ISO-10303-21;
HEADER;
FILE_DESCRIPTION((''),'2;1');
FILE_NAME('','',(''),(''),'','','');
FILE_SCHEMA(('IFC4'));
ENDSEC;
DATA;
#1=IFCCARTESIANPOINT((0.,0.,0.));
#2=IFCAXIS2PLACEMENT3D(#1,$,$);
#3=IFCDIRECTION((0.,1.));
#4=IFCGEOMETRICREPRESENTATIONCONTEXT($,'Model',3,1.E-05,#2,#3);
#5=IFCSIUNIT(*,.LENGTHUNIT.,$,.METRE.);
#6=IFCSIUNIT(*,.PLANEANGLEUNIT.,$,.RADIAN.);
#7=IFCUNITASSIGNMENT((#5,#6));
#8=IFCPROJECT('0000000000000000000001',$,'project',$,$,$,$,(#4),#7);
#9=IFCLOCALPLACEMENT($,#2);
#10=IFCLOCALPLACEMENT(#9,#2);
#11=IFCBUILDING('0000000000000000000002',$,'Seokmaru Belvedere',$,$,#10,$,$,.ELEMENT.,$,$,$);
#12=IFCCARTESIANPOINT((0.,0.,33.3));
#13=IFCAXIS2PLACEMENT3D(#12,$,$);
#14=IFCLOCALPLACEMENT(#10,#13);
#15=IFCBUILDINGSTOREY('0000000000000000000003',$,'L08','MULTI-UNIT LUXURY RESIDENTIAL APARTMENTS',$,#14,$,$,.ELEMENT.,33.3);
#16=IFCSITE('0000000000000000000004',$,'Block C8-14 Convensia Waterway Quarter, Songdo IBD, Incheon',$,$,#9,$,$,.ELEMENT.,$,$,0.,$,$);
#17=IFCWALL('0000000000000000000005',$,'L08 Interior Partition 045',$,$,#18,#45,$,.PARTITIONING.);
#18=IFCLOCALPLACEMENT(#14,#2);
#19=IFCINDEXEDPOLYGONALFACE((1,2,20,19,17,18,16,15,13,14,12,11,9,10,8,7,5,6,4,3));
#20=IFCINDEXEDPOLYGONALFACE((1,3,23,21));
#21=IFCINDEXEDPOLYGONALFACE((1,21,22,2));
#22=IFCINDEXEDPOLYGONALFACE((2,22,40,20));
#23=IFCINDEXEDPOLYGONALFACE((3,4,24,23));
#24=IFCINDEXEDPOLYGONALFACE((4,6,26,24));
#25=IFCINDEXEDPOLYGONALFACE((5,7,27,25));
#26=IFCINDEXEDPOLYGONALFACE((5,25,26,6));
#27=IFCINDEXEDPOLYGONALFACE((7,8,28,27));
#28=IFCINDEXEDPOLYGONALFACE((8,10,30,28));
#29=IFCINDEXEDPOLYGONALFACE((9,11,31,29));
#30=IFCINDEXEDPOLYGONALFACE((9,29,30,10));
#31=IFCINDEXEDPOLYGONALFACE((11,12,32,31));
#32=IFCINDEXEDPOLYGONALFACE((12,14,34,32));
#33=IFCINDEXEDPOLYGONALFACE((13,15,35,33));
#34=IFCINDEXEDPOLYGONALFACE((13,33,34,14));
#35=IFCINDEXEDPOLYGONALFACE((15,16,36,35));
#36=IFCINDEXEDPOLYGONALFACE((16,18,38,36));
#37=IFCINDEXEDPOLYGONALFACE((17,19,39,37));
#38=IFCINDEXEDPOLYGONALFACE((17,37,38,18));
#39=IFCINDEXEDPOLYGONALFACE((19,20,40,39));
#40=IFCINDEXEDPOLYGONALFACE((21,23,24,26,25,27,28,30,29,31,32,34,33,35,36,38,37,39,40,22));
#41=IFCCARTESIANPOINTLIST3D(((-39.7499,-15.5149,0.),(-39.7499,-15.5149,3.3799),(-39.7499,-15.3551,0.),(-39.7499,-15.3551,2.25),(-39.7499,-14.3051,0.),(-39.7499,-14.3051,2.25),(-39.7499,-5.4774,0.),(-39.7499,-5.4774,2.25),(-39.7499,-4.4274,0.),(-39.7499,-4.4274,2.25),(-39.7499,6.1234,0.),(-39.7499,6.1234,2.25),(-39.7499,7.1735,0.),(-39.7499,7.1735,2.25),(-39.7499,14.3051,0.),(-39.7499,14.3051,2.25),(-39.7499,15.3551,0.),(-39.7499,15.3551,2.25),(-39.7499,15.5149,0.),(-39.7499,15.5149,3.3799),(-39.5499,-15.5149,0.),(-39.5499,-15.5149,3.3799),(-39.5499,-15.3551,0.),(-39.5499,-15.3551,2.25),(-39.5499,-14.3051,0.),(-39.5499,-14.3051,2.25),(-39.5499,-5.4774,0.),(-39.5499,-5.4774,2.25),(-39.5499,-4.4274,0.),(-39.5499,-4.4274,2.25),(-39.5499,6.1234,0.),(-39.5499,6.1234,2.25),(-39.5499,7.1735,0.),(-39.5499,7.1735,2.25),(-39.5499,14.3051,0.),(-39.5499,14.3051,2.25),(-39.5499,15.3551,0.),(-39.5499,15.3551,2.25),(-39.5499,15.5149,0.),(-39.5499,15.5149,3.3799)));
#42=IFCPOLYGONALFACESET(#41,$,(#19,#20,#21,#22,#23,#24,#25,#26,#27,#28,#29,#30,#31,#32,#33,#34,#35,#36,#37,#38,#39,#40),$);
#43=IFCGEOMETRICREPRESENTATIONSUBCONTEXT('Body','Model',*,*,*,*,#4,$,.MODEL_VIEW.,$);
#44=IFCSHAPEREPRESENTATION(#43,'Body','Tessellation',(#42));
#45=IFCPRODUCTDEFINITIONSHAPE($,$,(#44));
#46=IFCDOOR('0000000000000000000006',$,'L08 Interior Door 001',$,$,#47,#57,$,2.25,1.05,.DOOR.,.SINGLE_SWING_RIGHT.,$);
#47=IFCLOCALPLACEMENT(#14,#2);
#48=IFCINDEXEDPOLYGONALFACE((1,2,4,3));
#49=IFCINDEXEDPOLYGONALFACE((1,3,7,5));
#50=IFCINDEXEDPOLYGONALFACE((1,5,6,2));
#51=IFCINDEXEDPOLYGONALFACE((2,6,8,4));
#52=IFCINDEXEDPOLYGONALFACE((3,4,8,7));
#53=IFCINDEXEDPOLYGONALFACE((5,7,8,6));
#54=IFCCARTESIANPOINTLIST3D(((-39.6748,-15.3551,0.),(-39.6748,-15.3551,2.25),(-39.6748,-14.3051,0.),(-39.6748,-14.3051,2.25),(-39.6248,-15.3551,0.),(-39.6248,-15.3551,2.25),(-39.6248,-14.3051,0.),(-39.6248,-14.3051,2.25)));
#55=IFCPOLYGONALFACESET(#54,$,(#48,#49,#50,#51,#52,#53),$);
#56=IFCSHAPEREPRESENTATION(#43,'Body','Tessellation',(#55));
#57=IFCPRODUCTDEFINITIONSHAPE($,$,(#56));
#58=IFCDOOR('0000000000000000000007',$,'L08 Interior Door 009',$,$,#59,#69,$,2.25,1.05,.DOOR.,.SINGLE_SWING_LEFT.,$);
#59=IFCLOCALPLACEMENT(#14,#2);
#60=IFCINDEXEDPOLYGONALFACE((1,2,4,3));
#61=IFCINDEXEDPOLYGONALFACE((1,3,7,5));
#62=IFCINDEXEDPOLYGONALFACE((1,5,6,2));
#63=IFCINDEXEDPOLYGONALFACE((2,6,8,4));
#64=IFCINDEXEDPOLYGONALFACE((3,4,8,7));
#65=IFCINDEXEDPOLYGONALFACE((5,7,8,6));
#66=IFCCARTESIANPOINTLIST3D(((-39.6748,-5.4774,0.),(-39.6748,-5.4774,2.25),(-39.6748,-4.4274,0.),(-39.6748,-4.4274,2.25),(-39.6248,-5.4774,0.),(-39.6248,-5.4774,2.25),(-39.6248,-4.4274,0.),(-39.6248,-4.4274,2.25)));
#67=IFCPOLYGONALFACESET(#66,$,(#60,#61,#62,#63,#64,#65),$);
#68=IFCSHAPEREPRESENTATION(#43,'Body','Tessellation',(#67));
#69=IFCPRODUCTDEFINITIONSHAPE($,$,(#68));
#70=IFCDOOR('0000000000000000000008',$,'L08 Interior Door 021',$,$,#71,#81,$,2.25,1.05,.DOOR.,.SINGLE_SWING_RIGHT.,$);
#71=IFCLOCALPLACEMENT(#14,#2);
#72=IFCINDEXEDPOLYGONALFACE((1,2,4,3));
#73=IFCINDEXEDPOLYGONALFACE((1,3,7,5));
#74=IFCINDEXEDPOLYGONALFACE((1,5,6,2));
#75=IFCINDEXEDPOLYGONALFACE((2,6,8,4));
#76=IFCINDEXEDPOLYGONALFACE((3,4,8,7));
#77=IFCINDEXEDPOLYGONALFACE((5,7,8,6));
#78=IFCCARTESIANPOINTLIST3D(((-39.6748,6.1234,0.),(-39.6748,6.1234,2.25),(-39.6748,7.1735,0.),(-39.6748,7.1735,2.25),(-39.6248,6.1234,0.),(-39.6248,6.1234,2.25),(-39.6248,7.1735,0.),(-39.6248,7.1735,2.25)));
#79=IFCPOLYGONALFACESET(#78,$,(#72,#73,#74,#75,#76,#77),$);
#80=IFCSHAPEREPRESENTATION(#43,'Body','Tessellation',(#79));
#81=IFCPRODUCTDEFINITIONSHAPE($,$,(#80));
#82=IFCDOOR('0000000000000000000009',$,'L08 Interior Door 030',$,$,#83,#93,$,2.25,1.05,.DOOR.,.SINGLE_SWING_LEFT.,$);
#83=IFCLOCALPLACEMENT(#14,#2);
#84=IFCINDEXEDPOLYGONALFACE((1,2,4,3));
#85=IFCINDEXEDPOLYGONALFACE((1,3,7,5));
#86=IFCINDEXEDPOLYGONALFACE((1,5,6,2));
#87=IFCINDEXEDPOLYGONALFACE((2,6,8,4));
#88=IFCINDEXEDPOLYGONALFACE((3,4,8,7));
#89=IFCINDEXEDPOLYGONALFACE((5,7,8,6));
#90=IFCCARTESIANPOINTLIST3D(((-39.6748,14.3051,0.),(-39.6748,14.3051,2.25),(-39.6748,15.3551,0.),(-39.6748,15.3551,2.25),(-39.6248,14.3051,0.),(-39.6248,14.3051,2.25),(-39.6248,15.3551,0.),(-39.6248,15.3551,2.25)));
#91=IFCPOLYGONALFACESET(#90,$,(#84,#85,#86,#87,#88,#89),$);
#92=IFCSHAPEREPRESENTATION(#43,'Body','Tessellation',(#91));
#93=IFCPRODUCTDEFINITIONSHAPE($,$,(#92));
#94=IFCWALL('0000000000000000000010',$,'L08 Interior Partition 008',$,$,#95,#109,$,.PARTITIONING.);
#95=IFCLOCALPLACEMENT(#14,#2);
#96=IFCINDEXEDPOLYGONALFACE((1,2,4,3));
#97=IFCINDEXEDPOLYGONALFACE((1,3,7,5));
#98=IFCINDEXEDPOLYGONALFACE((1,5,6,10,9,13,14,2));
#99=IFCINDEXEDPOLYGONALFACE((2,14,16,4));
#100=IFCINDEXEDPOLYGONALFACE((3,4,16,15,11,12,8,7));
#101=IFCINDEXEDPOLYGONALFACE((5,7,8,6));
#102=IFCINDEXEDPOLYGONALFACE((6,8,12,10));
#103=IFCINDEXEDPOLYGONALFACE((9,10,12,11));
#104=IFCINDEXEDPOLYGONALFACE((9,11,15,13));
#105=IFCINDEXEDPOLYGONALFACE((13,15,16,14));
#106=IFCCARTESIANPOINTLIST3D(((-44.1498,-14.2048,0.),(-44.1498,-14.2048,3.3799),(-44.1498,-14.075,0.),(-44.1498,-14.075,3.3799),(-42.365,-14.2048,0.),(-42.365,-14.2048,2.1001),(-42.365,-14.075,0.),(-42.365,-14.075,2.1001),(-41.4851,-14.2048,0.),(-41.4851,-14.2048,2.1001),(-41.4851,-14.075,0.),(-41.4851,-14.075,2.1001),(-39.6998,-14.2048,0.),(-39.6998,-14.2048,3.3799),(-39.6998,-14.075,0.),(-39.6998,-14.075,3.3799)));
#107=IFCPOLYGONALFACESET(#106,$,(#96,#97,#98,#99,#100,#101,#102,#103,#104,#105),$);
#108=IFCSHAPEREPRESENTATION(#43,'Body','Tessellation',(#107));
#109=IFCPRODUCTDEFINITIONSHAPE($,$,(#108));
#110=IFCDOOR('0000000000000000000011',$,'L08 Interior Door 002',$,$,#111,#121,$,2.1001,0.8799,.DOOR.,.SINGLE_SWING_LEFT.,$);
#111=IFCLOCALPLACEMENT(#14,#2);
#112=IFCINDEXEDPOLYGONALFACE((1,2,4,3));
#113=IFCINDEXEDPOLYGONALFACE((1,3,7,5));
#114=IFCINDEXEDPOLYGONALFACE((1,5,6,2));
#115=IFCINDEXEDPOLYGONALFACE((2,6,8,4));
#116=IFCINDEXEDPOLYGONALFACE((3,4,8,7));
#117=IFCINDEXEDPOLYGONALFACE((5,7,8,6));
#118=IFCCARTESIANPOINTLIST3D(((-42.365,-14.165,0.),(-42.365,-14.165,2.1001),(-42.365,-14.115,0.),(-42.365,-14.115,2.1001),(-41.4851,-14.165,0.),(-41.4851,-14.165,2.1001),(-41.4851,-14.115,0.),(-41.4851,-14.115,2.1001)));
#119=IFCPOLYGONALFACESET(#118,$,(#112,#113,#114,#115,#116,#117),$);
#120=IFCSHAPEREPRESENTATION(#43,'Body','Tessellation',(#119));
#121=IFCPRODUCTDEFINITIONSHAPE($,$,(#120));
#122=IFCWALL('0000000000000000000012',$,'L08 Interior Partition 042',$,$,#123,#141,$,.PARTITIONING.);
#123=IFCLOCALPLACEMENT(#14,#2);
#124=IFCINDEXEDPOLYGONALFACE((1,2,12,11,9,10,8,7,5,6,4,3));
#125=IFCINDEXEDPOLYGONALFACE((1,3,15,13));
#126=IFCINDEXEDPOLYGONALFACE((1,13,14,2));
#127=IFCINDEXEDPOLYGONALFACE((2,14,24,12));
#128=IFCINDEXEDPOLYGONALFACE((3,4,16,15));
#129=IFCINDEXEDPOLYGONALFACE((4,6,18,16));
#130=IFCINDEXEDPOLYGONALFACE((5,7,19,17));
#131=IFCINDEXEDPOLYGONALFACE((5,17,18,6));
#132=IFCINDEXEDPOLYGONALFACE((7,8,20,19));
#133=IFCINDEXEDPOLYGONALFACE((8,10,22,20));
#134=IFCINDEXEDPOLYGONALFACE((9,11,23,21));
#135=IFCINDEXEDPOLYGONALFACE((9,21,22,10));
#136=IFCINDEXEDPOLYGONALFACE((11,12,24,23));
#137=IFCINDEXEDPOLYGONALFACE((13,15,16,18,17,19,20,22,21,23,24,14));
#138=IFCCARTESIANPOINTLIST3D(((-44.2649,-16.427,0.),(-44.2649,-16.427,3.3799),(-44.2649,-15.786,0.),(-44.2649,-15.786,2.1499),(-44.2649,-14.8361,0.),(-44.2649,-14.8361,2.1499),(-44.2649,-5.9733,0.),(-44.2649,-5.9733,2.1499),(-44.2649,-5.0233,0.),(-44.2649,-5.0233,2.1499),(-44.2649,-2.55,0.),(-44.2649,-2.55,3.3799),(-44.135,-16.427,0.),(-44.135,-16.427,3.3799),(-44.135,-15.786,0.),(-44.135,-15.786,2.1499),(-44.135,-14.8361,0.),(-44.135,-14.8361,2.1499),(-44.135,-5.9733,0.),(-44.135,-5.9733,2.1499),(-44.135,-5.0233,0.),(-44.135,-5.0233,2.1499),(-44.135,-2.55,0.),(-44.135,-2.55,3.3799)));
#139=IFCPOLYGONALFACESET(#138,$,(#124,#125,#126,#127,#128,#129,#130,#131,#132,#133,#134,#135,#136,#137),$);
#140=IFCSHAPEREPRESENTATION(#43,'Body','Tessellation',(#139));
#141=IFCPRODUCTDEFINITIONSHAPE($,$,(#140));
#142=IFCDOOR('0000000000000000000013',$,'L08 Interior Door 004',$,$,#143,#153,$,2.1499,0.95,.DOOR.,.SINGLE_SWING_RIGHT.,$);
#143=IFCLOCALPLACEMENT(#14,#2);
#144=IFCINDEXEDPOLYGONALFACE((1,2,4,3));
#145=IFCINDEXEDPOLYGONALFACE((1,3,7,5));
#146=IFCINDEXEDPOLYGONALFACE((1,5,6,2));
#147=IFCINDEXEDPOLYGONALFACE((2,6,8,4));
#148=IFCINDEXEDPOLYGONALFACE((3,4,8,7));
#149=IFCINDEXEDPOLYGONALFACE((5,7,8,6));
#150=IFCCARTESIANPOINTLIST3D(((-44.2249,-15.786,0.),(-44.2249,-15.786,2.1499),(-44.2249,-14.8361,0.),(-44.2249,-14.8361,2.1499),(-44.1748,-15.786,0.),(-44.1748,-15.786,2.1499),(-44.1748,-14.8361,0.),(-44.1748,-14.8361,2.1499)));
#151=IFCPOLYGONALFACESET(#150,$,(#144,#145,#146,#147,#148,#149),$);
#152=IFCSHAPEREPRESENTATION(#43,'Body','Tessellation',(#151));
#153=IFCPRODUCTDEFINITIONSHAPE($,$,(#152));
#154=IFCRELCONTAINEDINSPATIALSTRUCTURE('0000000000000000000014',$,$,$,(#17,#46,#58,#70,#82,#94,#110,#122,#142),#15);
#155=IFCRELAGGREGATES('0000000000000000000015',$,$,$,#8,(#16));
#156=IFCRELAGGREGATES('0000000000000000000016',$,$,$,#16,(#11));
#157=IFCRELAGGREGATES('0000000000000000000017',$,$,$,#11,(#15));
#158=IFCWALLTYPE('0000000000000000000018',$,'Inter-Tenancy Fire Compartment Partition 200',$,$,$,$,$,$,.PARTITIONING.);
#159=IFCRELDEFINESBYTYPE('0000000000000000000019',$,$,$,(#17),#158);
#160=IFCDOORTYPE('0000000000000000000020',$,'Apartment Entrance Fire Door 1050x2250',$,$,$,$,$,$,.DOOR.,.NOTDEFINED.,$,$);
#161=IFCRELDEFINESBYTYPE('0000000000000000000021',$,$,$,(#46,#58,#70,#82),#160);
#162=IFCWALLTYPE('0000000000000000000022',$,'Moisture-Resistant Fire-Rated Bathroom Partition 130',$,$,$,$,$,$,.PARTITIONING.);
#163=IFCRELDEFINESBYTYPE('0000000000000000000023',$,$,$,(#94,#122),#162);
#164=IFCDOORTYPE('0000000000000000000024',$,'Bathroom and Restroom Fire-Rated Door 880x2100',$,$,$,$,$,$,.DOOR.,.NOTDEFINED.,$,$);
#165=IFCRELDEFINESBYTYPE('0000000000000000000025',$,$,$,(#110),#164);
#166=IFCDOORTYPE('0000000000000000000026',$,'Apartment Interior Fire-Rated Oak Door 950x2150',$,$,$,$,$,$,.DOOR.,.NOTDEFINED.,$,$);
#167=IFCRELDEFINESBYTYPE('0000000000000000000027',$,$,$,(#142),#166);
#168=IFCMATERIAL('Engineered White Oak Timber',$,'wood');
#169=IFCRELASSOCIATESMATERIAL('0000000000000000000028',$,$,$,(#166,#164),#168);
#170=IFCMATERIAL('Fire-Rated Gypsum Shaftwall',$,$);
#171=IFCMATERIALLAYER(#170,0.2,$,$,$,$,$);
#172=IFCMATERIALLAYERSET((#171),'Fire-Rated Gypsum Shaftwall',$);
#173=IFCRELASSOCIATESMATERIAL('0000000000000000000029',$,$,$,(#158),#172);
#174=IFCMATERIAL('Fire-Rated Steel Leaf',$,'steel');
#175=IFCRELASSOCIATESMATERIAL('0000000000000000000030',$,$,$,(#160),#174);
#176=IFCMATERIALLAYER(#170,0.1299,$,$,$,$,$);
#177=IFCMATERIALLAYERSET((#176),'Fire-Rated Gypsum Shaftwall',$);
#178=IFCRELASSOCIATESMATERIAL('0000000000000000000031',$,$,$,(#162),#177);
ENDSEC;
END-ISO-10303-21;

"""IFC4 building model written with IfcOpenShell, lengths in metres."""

from ifc_helpers import new_model, si_unit, direction, frame, frame_2d, origin, place, context, subcontext, project, spatial, rectangle, extrude, source, transform, mapped, material, layer, layer_set, type_object, type_shapes, element, fill, save


model = new_model("IFC4")

# Units and contexts
model_context = context("Model", 3, precision=1e-05, world=origin(), true_north=direction((0.0, 1.0)))
body_context = subcontext(model_context, "Body", "Model", "MODEL_VIEW")
ifc_project = project(units=[si_unit("LENGTHUNIT", "METRE"), si_unit("PLANEANGLEUNIT", "RADIAN")], contexts=[model_context])

# Site, building, storey
site_placement = place(None, origin())
site = spatial("IfcSite", under=ifc_project, at=site_placement, Name="Block C8-14 Convensia Waterway Quarter, Songdo IBD, Incheon", CompositionType="ELEMENT", RefElevation=0.0)
building_placement = place(site_placement, origin())
building = spatial("IfcBuilding", under=site, at=building_placement, Name="Seokmaru Belvedere", CompositionType="ELEMENT")
storey_placement = place(building_placement, frame((0.0, 0.0, 33.3)))
storey = spatial("IfcBuildingStorey", under=building, at=storey_placement, Name="L08", Description="MULTI-UNIT LUXURY RESIDENTIAL APARTMENTS", CompositionType="ELEMENT", Elevation=33.3)

# Shared definitions
ifc_material_1 = material(Name="Fire-Rated Gypsum Shaftwall")
ifc_material_2 = material(Name="Engineered White Oak Timber", Category="wood")
door_type_1 = type_object("IfcDoorType", Name="Apartment Interior Fire-Rated Oak Door 950x2150", OperationType="NOTDEFINED", PredefinedType="DOOR", material=ifc_material_2)
shared_shape_1 = source(origin(), body_context, "Body", "SweptSolid", [
    extrude(rectangle(XDim=0.95, YDim=2.1499, at=frame_2d((0.4751, 1.075))), frame((0.0, 0.0249, 0.0), z_axis=(0.0, -1.0, 0.0), x_axis=(1.0, 0.0, 0.0)), (0.0, 0.0, 1.0), 0.05),
])
type_shapes(door_type_1, [shared_shape_1])

# Wall, openings, doors
ifc_layer_1 = layer(ifc_material_1, 0.2)
ifc_layer_set_1 = layer_set([ifc_layer_1], Name="Fire-Rated Gypsum Shaftwall")
wall_type_1 = type_object("IfcWallType", Name="Inter-Tenancy Fire Compartment Partition 200", PredefinedType="PARTITIONING", material=ifc_layer_set_1)
wall_1_placement = place(storey_placement, frame((-39.6499, -15.5149, 0.0), z_axis=(0.0, 0.0, 1.0), x_axis=(0.0, 1.0, 0.0)))
wall_1 = element("IfcWall", 1, at=wall_1_placement, inside=storey, type_object=wall_type_1, Name="L08 Interior Partition 045", PredefinedType="PARTITIONING", context=body_context, shape_type="SweptSolid", body=[
    extrude(rectangle(XDim=31.0298, YDim=0.2, at=frame_2d((15.5149, 0.0))), origin(), (0.0, 0.0, 1.0), 3.3799),
])
opening_1_placement = place(wall_1_placement, frame((0.1599, 0.0, 0.0)))
opening_1 = element("IfcOpeningElement", 2, at=opening_1_placement, cuts=wall_1, PredefinedType="OPENING", context=body_context, shape_type="SweptSolid", body=[
    extrude(rectangle(XDim=1.05, YDim=2.25, at=frame_2d((0.5249, 1.125))), frame((0.0, 0.1099, 0.0), z_axis=(0.0, -1.0, 0.0), x_axis=(1.0, 0.0, 0.0)), (0.0, 0.0, 1.0), 0.22),
])
opening_2_placement = place(wall_1_placement, frame((10.0376, 0.0, 0.0)))
opening_2 = element("IfcOpeningElement", 3, at=opening_2_placement, cuts=wall_1, PredefinedType="OPENING", context=body_context, shape_type="SweptSolid", body=[
    extrude(rectangle(XDim=1.05, YDim=2.25, at=frame_2d((0.5249, 1.125))), frame((0.0, 0.1099, 0.0), z_axis=(0.0, -1.0, 0.0), x_axis=(1.0, 0.0, 0.0)), (0.0, 0.0, 1.0), 0.22),
])
opening_3_placement = place(wall_1_placement, frame((21.6384, 0.0, 0.0)))
opening_3 = element("IfcOpeningElement", 4, at=opening_3_placement, cuts=wall_1, PredefinedType="OPENING", context=body_context, shape_type="SweptSolid", body=[
    extrude(rectangle(XDim=1.05, YDim=2.25, at=frame_2d((0.5249, 1.125))), frame((0.0, 0.1099, 0.0), z_axis=(0.0, -1.0, 0.0), x_axis=(1.0, 0.0, 0.0)), (0.0, 0.0, 1.0), 0.22),
])
opening_4_placement = place(wall_1_placement, frame((29.8201, 0.0, 0.0)))
opening_4 = element("IfcOpeningElement", 5, at=opening_4_placement, cuts=wall_1, PredefinedType="OPENING", context=body_context, shape_type="SweptSolid", body=[
    extrude(rectangle(XDim=1.05, YDim=2.25, at=frame_2d((0.5249, 1.125))), frame((0.0, 0.1099, 0.0), z_axis=(0.0, -1.0, 0.0), x_axis=(1.0, 0.0, 0.0)), (0.0, 0.0, 1.0), 0.22),
])
ifc_material_3 = material(Name="Fire-Rated Steel Leaf", Category="steel")
door_type_2 = type_object("IfcDoorType", Name="Apartment Entrance Fire Door 1050x2250", OperationType="NOTDEFINED", PredefinedType="DOOR", material=ifc_material_3)
shared_shape_2 = source(origin(), body_context, "Body", "SweptSolid", [
    extrude(rectangle(XDim=1.05, YDim=2.25, at=frame_2d((0.5249, 1.125))), frame((0.0, 0.0249, 0.0), z_axis=(0.0, -1.0, 0.0), x_axis=(1.0, 0.0, 0.0)), (0.0, 0.0, 1.0), 0.05),
])
type_shapes(door_type_2, [shared_shape_2])
door_1_placement = place(opening_1_placement, origin())
door_1 = element("IfcDoor", 6, at=door_1_placement, inside=storey, type_object=door_type_2, Name="L08 Interior Door 001", OperationType="SINGLE_SWING_RIGHT", OverallHeight=2.25, OverallWidth=1.05, PredefinedType="DOOR", context=body_context, shape_type="MappedRepresentation", body=[
    mapped(shared_shape_2, transform((0.0, 0.0, 0.0), scale=1.0)),
])
fill(opening_1, door_1)
door_2_placement = place(opening_2_placement, origin())
door_2 = element("IfcDoor", 7, at=door_2_placement, inside=storey, type_object=door_type_2, Name="L08 Interior Door 009", OperationType="SINGLE_SWING_LEFT", OverallHeight=2.25, OverallWidth=1.05, PredefinedType="DOOR", context=body_context, shape_type="MappedRepresentation", body=[
    mapped(shared_shape_2, transform((0.0, 0.0, 0.0), scale=1.0)),
])
fill(opening_2, door_2)
door_3_placement = place(opening_3_placement, origin())
door_3 = element("IfcDoor", 8, at=door_3_placement, inside=storey, type_object=door_type_2, Name="L08 Interior Door 021", OperationType="SINGLE_SWING_RIGHT", OverallHeight=2.25, OverallWidth=1.05, PredefinedType="DOOR", context=body_context, shape_type="MappedRepresentation", body=[
    mapped(shared_shape_2, transform((0.0, 0.0, 0.0), scale=1.0)),
])
fill(opening_3, door_3)
door_4_placement = place(opening_4_placement, origin())
door_4 = element("IfcDoor", 9, at=door_4_placement, inside=storey, type_object=door_type_2, Name="L08 Interior Door 030", OperationType="SINGLE_SWING_LEFT", OverallHeight=2.25, OverallWidth=1.05, PredefinedType="DOOR", context=body_context, shape_type="MappedRepresentation", body=[
    mapped(shared_shape_2, transform((0.0, 0.0, 0.0), scale=1.0)),
])
fill(opening_4, door_4)

# Wall, opening, door
ifc_layer_2 = layer(ifc_material_1, 0.1299)
ifc_layer_set_2 = layer_set([ifc_layer_2], Name="Fire-Rated Gypsum Shaftwall")
wall_type_2 = type_object("IfcWallType", Name="Moisture-Resistant Fire-Rated Bathroom Partition 130", PredefinedType="PARTITIONING", material=ifc_layer_set_2)
wall_2_placement = place(storey_placement, frame((-44.1499, -14.1399, 0.0), z_axis=(0.0, 0.0, 1.0), x_axis=(1.0, 0.0, 0.0)))
wall_2 = element("IfcWall", 10, at=wall_2_placement, inside=storey, type_object=wall_type_2, Name="L08 Interior Partition 008", PredefinedType="PARTITIONING", context=body_context, shape_type="SweptSolid", body=[
    extrude(rectangle(XDim=4.45, YDim=0.1299, at=frame_2d((2.2251, 0.0))), origin(), (0.0, 0.0, 1.0), 3.3799),
])
opening_5_placement = place(wall_2_placement, frame((1.7849, 0.0, 0.0)))
opening_5 = element("IfcOpeningElement", 11, at=opening_5_placement, cuts=wall_2, PredefinedType="OPENING", context=body_context, shape_type="SweptSolid", body=[
    extrude(rectangle(XDim=0.8799, YDim=2.1001, at=frame_2d((0.4399, 1.05))), frame((0.0, 0.075, 0.0), z_axis=(0.0, -1.0, 0.0), x_axis=(1.0, 0.0, 0.0)), (0.0, 0.0, 1.0), 0.1499),
])
door_type_3 = type_object("IfcDoorType", Name="Bathroom and Restroom Fire-Rated Door 880x2100", OperationType="NOTDEFINED", PredefinedType="DOOR", material=ifc_material_2)
shared_shape_3 = source(origin(), body_context, "Body", "SweptSolid", [
    extrude(rectangle(XDim=0.8799, YDim=2.1001, at=frame_2d((0.4399, 1.05))), frame((0.0, 0.0249, 0.0), z_axis=(0.0, -1.0, 0.0), x_axis=(1.0, 0.0, 0.0)), (0.0, 0.0, 1.0), 0.05),
])
type_shapes(door_type_3, [shared_shape_3])
door_5_placement = place(opening_5_placement, origin())
door_5 = element("IfcDoor", 12, at=door_5_placement, inside=storey, type_object=door_type_3, Name="L08 Interior Door 002", OperationType="SINGLE_SWING_LEFT", OverallHeight=2.1001, OverallWidth=0.8799, PredefinedType="DOOR", context=body_context, shape_type="MappedRepresentation", body=[
    mapped(shared_shape_3, transform((0.0, 0.0, 0.0), scale=1.0)),
])
fill(opening_5, door_5)

# Wall, openings, door
wall_3_placement = place(storey_placement, frame((-44.2, -16.427, 0.0), z_axis=(0.0, 0.0, 1.0), x_axis=(0.0, 1.0, 0.0)))
wall_3 = element("IfcWall", 13, at=wall_3_placement, inside=storey, type_object=wall_type_2, Name="L08 Interior Partition 042", PredefinedType="PARTITIONING", context=body_context, shape_type="SweptSolid", body=[
    extrude(rectangle(XDim=13.877, YDim=0.1299, at=frame_2d((6.9385, 0.0))), origin(), (0.0, 0.0, 1.0), 3.3799),
])
opening_6_placement = place(wall_3_placement, frame((0.6409, 0.0, 0.0)))
opening_6 = element("IfcOpeningElement", 14, at=opening_6_placement, cuts=wall_3, PredefinedType="OPENING", context=body_context, shape_type="SweptSolid", body=[
    extrude(rectangle(XDim=0.95, YDim=2.1499, at=frame_2d((0.4751, 1.075))), frame((0.0, 0.075, 0.0), z_axis=(0.0, -1.0, 0.0), x_axis=(1.0, 0.0, 0.0)), (0.0, 0.0, 1.0), 0.1499),
])
opening_7_placement = place(wall_3_placement, frame((10.4536, 0.0, 0.0)))
element("IfcOpeningElement", 15, at=opening_7_placement, cuts=wall_3, PredefinedType="OPENING", context=body_context, shape_type="SweptSolid", body=[
    extrude(rectangle(XDim=0.95, YDim=2.1499, at=frame_2d((0.4751, 1.075))), frame((0.0, 0.075, 0.0), z_axis=(0.0, -1.0, 0.0), x_axis=(1.0, 0.0, 0.0)), (0.0, 0.0, 1.0), 0.1499),
])
door_6_placement = place(opening_6_placement, origin())
door_6 = element("IfcDoor", 16, at=door_6_placement, inside=storey, type_object=door_type_1, Name="L08 Interior Door 004", OperationType="SINGLE_SWING_RIGHT", OverallHeight=2.1499, OverallWidth=0.95, PredefinedType="DOOR", context=body_context, shape_type="MappedRepresentation", body=[
    mapped(shared_shape_1, transform((0.0, 0.0, 0.0), scale=1.0)),
])
fill(opening_6, door_6)

save(model, "model.ifc")
